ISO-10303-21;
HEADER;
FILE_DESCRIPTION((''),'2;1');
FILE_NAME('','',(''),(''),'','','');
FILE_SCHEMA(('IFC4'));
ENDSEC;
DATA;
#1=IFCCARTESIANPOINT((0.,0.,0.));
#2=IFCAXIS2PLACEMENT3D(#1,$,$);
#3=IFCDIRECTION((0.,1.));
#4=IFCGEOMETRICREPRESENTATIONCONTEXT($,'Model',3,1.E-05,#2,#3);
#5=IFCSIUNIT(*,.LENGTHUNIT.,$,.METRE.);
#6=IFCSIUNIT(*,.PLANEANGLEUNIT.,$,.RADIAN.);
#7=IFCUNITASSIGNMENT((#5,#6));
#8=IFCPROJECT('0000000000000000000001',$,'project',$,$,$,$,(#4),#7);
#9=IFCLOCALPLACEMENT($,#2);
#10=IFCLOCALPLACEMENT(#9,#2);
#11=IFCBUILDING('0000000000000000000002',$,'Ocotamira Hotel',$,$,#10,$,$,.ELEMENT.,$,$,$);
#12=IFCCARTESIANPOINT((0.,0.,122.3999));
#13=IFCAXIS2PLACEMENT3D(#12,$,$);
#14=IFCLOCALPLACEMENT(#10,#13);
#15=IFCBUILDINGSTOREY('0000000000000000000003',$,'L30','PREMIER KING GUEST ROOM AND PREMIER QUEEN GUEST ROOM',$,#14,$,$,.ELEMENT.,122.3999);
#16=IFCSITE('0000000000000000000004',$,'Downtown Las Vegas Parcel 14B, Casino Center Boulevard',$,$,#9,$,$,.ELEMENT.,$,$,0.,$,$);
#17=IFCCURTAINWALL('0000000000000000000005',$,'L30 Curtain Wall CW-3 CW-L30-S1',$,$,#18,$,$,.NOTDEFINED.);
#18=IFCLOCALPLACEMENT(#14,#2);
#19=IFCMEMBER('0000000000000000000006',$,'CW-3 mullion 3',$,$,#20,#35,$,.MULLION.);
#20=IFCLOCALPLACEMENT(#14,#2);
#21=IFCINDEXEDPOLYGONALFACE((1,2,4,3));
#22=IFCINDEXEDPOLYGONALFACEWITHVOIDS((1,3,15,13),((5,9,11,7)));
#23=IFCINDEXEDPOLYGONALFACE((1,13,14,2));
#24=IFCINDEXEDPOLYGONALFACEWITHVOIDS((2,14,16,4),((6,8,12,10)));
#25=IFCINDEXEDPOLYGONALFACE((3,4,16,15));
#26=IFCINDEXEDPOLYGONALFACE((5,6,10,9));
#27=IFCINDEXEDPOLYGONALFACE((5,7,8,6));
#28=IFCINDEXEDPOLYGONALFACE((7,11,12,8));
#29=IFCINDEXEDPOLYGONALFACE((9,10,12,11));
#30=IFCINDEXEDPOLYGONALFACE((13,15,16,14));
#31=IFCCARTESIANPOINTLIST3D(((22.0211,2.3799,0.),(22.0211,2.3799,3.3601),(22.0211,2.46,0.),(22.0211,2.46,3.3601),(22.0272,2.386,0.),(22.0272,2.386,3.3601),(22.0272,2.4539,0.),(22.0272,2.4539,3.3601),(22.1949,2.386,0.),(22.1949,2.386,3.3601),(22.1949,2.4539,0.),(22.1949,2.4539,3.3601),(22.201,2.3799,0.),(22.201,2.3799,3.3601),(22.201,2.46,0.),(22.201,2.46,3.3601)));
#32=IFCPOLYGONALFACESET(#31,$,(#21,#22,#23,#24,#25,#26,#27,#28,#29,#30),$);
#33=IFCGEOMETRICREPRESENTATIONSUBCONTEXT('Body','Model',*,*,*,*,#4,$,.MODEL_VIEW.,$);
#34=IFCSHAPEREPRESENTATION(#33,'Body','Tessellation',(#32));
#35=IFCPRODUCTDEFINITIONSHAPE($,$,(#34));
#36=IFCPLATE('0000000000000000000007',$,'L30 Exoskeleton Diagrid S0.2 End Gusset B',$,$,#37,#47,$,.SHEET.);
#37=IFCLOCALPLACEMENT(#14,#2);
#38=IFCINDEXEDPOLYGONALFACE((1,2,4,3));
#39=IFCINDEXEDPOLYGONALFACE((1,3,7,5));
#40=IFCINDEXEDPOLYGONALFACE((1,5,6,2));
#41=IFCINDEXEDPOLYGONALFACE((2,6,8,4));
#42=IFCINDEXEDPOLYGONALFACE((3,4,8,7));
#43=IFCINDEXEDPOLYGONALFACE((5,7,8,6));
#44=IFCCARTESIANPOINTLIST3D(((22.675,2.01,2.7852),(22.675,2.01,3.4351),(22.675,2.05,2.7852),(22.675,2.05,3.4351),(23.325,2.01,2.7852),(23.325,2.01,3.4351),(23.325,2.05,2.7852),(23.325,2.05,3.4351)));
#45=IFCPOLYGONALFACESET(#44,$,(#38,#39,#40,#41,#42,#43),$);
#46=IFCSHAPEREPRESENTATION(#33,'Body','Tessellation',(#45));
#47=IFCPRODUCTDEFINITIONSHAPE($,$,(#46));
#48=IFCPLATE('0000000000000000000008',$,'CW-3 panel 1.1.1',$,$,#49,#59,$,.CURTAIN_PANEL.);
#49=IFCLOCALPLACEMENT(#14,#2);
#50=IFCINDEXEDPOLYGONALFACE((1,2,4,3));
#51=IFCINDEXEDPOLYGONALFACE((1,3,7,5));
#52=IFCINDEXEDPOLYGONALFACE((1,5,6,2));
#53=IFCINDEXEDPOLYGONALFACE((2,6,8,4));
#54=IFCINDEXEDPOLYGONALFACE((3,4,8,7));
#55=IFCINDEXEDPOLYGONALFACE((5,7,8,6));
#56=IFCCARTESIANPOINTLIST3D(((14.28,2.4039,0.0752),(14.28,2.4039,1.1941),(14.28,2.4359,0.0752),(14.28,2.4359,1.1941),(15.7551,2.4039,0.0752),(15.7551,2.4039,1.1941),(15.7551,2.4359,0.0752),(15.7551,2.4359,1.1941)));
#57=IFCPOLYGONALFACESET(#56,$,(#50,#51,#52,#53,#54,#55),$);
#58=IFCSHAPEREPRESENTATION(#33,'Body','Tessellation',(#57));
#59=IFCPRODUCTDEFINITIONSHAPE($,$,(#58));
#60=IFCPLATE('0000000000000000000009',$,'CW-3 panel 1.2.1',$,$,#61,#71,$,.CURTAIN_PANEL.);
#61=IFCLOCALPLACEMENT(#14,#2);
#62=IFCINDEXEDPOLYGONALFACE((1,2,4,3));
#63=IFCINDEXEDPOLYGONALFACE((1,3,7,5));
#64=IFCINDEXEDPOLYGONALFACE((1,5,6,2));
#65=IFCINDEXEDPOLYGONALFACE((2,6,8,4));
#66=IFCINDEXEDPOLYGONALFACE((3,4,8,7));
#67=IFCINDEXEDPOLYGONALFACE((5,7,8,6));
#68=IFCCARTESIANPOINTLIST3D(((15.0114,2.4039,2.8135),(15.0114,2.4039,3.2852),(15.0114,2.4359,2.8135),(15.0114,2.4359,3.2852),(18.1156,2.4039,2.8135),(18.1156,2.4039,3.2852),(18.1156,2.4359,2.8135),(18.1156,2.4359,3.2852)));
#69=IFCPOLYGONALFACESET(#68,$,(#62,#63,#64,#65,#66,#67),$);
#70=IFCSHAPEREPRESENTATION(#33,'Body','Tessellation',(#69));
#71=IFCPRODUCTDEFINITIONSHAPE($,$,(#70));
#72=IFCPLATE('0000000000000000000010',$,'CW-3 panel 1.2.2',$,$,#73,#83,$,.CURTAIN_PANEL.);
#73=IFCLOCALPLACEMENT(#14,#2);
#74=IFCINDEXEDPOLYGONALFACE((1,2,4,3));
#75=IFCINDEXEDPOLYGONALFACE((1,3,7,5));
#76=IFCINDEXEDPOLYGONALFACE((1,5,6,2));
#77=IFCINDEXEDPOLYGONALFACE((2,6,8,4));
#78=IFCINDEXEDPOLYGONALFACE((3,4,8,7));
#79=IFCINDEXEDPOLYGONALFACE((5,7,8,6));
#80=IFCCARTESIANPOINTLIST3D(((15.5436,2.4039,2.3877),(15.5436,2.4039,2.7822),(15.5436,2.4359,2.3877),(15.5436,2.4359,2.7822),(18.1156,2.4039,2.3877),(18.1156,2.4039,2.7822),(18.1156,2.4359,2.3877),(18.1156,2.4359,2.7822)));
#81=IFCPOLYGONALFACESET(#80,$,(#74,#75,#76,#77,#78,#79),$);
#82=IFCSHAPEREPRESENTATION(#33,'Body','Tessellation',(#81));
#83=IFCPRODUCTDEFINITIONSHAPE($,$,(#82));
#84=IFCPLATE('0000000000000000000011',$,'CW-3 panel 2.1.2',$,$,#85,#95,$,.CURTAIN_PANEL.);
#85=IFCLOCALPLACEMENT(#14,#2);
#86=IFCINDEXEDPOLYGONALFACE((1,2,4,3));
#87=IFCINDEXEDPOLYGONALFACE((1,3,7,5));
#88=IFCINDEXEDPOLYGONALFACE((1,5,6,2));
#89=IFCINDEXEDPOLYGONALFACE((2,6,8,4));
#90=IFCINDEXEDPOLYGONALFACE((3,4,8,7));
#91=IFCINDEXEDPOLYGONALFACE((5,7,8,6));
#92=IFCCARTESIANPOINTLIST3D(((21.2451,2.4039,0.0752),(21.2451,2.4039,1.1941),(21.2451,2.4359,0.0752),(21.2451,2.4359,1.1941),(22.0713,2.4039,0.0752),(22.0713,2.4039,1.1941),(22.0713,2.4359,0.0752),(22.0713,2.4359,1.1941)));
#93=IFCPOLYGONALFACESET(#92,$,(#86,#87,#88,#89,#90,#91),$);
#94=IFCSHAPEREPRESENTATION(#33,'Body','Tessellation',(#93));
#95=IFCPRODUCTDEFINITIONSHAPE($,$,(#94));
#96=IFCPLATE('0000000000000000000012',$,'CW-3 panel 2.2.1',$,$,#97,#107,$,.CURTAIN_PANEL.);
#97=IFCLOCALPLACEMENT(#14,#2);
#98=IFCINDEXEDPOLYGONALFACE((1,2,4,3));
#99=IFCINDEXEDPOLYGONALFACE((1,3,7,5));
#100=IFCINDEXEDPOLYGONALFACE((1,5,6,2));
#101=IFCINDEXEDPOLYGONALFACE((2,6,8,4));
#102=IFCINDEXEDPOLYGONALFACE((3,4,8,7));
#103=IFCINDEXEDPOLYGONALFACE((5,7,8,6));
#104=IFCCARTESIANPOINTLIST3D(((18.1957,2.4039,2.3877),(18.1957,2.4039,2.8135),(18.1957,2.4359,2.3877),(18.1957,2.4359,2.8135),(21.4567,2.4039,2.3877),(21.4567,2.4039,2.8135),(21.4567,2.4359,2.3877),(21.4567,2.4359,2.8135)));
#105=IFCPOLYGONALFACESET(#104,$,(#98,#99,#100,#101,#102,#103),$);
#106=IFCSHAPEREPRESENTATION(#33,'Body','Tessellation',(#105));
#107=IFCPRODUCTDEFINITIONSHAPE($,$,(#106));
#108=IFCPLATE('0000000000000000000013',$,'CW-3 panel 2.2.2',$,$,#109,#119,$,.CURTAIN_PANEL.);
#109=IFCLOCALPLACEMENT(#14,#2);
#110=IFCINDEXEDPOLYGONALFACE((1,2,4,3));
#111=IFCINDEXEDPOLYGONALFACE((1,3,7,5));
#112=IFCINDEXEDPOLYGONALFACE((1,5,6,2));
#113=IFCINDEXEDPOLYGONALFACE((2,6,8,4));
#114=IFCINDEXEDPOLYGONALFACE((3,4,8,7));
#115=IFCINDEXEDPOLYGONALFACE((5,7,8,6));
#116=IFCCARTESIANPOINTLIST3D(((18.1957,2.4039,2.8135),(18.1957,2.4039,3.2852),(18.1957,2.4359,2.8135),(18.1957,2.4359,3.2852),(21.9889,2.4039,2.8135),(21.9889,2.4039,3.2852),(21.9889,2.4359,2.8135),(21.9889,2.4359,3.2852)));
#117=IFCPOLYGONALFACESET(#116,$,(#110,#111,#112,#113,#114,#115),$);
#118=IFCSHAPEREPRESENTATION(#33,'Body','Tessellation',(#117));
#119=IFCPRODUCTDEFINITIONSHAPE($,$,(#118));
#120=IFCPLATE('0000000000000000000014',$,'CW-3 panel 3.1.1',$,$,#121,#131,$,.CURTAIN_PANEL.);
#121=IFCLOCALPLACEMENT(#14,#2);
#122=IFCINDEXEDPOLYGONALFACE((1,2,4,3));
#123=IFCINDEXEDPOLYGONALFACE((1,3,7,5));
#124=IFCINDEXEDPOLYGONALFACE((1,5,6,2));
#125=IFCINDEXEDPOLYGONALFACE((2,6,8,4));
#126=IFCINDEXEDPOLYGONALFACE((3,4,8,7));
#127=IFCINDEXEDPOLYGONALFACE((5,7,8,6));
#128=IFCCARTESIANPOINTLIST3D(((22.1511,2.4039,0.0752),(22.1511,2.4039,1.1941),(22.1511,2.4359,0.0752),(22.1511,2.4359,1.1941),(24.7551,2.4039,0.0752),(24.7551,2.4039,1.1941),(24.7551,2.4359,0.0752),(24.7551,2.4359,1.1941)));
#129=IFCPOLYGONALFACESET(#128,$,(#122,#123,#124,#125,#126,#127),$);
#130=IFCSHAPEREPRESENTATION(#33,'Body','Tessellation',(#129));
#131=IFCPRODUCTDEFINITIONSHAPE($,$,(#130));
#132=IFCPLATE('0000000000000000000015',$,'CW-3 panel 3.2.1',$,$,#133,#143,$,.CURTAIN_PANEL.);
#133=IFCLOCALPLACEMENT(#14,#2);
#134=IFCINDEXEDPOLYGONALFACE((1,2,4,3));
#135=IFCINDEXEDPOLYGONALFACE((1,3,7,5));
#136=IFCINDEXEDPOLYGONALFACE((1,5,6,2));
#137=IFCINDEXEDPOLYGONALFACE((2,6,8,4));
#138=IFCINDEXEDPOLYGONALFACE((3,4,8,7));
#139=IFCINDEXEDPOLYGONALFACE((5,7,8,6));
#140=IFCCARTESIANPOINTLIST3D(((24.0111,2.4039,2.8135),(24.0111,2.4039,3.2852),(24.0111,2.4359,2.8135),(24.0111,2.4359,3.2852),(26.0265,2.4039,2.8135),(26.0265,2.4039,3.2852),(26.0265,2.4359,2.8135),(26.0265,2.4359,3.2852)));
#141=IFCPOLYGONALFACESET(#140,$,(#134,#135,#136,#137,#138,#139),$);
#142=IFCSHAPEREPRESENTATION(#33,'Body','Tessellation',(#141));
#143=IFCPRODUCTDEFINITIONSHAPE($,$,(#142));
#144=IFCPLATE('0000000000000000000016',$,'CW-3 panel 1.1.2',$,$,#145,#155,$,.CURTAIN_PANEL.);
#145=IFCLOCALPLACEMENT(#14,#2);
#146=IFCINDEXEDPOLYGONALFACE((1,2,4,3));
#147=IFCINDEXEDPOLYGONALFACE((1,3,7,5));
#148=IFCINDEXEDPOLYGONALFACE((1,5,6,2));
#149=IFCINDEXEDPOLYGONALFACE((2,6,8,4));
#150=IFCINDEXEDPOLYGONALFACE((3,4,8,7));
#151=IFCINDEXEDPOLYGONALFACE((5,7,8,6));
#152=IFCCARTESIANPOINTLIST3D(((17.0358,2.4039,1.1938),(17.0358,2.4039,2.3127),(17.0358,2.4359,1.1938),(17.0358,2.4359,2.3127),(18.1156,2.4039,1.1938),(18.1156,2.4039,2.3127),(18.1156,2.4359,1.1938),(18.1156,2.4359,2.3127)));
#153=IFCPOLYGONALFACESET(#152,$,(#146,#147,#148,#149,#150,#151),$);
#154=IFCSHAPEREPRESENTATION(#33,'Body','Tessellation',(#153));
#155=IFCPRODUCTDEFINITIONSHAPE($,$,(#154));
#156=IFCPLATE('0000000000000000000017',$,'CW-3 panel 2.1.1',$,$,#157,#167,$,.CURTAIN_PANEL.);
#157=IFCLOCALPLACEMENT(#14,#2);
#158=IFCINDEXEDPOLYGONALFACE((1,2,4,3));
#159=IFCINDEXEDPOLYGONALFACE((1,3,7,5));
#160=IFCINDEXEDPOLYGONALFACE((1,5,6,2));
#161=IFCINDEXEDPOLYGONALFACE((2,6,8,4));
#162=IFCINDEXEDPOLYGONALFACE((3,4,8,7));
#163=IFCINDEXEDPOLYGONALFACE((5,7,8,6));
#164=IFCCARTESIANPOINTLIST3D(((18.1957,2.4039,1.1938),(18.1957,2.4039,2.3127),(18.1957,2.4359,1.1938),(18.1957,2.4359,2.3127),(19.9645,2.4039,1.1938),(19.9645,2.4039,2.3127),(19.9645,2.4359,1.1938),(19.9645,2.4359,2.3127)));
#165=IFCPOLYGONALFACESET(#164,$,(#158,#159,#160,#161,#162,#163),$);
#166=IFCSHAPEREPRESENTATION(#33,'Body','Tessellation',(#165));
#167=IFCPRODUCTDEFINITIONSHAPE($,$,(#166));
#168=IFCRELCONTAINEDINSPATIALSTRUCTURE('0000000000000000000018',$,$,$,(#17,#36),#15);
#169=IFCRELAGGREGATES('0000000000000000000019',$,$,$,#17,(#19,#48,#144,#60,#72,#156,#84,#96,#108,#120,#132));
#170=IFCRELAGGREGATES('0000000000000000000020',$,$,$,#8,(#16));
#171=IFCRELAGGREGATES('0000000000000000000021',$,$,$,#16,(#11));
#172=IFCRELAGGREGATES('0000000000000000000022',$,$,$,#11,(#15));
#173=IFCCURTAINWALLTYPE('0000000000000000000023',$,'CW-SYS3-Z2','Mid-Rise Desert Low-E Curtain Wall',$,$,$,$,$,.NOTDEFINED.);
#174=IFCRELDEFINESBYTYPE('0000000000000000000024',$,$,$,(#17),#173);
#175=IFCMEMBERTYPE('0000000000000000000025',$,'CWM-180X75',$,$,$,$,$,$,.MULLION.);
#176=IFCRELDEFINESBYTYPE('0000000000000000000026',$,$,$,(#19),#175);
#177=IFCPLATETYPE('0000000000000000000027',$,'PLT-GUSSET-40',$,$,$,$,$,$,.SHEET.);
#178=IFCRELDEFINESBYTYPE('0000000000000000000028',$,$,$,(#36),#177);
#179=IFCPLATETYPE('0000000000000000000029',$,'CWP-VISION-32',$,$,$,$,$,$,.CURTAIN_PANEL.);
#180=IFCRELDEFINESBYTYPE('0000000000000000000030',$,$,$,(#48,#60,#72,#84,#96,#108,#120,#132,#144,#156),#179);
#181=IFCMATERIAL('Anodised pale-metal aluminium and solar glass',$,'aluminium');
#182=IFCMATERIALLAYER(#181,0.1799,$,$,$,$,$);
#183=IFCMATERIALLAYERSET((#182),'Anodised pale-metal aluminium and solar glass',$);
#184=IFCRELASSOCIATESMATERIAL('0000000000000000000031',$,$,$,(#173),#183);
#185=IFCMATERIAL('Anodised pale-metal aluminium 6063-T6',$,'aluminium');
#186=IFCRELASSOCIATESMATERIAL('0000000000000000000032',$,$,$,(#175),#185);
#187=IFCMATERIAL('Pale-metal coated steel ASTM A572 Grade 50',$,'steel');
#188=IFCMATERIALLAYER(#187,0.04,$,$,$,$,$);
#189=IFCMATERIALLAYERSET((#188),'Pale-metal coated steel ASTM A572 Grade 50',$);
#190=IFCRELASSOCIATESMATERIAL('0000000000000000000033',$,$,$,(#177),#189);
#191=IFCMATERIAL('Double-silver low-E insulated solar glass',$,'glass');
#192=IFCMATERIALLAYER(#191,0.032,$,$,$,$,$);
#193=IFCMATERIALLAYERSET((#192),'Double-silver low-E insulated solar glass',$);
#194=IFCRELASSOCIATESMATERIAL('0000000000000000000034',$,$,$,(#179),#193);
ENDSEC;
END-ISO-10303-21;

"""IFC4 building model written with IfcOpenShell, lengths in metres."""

from ifc_helpers import new_model, si_unit, direction, frame, origin, origin_2d, place, context, subcontext, project, spatial, rectangle, hollow_rectangle, extrude, source, transform, mapped, material, layer, layer_set, material_profile, profile_set, type_object, element, aggregate, save


model = new_model("IFC4")

# Units and contexts
model_context = context("Model", 3, precision=1e-05, world=origin(), true_north=direction((0.0, 1.0)))
body_context = subcontext(model_context, "Body", "Model", "MODEL_VIEW")
ifc_project = project(units=[si_unit("LENGTHUNIT", "METRE"), si_unit("PLANEANGLEUNIT", "RADIAN")], contexts=[model_context])

# Site, building, storey
site_placement = place(None, origin())
site = spatial("IfcSite", under=ifc_project, at=site_placement, Name="Downtown Las Vegas Parcel 14B, Casino Center Boulevard", CompositionType="ELEMENT", RefElevation=0.0)
building_placement = place(site_placement, origin())
building = spatial("IfcBuilding", under=site, at=building_placement, Name="Ocotamira Hotel", CompositionType="ELEMENT")
storey_placement = place(building_placement, frame((0.0, 0.0, 122.3999)))
storey = spatial("IfcBuildingStorey", under=building, at=storey_placement, Name="L30", Description="PREMIER KING GUEST ROOM AND PREMIER QUEEN GUEST ROOM", CompositionType="ELEMENT", Elevation=122.3999)

# Curtain wall, member
ifc_material_1 = material(Name="Anodised pale-metal aluminium and solar glass", Category="aluminium")
ifc_layer_1 = layer(ifc_material_1, 0.1799)
ifc_layer_set_1 = layer_set([ifc_layer_1], Name="Anodised pale-metal aluminium and solar glass")
curtain_wall_type = type_object("IfcCurtainWallType", Name="CW-SYS3-Z2", Description="Mid-Rise Desert Low-E Curtain Wall", PredefinedType="NOTDEFINED", material=ifc_layer_set_1)
curtain_wall_placement = place(storey_placement, origin())
curtain_wall = element("IfcCurtainWall", 1, at=curtain_wall_placement, inside=storey, type_object=curtain_wall_type, Name="L30 Curtain Wall CW-3 CW-L30-S1", PredefinedType="NOTDEFINED")
ifc_material_2 = material(Name="Anodised pale-metal aluminium 6063-T6", Category="aluminium")
ifc_material_profile_1 = material_profile(ifc_material_2, hollow_rectangle(XDim=0.0801, YDim=0.1799, WallThickness=0.0061, at=origin_2d()), Name="HSS180X80X6")
ifc_profile_set_1 = profile_set([ifc_material_profile_1], Name="Anodised pale-metal aluminium 6063-T6")
member_type_1 = type_object("IfcMemberType", Name="CWM-180X75", PredefinedType="MULLION", material=ifc_profile_set_1)
shared_shape_1 = source(origin(), body_context, "Body", "SweptSolid", [
    extrude(hollow_rectangle(XDim=0.0801, YDim=0.1799, WallThickness=0.0061, at=origin_2d()), origin(), (0.0, 0.0, 1.0), 3.3601),
])
member_1_placement = place(storey_placement, frame((22.1111, 2.4199, 0.0), z_axis=(0.0, 0.0, 1.0), x_axis=(0.0, 1.0, 0.0)))
member_1 = element("IfcMember", 2, at=member_1_placement, type_object=member_type_1, Name="CW-3 mullion 3", PredefinedType="MULLION", context=body_context, shape_type="MappedRepresentation", body=[
    mapped(shared_shape_1, transform((0.0, 0.0, 0.0), scale=1.0)),
])

# Plates
ifc_material_3 = material(Name="Pale-metal coated steel ASTM A572 Grade 50", Category="steel")
ifc_layer_2 = layer(ifc_material_3, 0.04)
ifc_layer_set_2 = layer_set([ifc_layer_2], Name="Pale-metal coated steel ASTM A572 Grade 50")
plate_type_1 = type_object("IfcPlateType", Name="PLT-GUSSET-40", PredefinedType="SHEET", material=ifc_layer_set_2)
shared_shape_2 = source(origin(), body_context, "Body", "SweptSolid", [
    extrude(rectangle(XDim=0.6499, YDim=0.04, at=origin_2d()), origin(), (0.0, 0.0, 1.0), 0.6499),
])
plate_1_placement = place(storey_placement, frame((23.0, 2.03, 2.7852), z_axis=(0.0, 0.0, 1.0), x_axis=(1.0, 0.0, 0.0)))
element("IfcPlate", 3, at=plate_1_placement, inside=storey, type_object=plate_type_1, Name="L30 Exoskeleton Diagrid S0.2 End Gusset B", PredefinedType="SHEET", context=body_context, shape_type="MappedRepresentation", body=[
    mapped(shared_shape_2, transform((0.0, 0.0, 0.0), scale=1.0)),
])
ifc_material_4 = material(Name="Double-silver low-E insulated solar glass", Category="glass")
ifc_layer_3 = layer(ifc_material_4, 0.032)
ifc_layer_set_3 = layer_set([ifc_layer_3], Name="Double-silver low-E insulated solar glass")
plate_type_2 = type_object("IfcPlateType", Name="CWP-VISION-32", PredefinedType="CURTAIN_PANEL", material=ifc_layer_set_3)
shared_shape_3 = source(origin(), body_context, "Body", "SweptSolid", [
    extrude(rectangle(XDim=1.4751, YDim=0.032, at=origin_2d()), origin(), (0.0, 0.0, 1.0), 1.1189),
])
plate_2_placement = place(storey_placement, frame((15.0176, 2.4199, 0.0752), z_axis=(0.0, 0.0, 1.0), x_axis=(1.0, 0.0, 0.0)))
plate_2 = element("IfcPlate", 4, at=plate_2_placement, type_object=plate_type_2, Name="CW-3 panel 1.1.1", PredefinedType="CURTAIN_PANEL", context=body_context, shape_type="MappedRepresentation", body=[
    mapped(shared_shape_3, transform((0.0, 0.0, 0.0), scale=1.0)),
])
shared_shape_4 = source(origin(), body_context, "Body", "SweptSolid", [
    extrude(rectangle(XDim=3.1042, YDim=0.032, at=origin_2d()), origin(), (0.0, 0.0, 1.0), 0.4717),
])
plate_3_placement = place(storey_placement, frame((16.5635, 2.4199, 2.8135), z_axis=(0.0, 0.0, 1.0), x_axis=(1.0, 0.0, 0.0)))
plate_3 = element("IfcPlate", 5, at=plate_3_placement, type_object=plate_type_2, Name="CW-3 panel 1.2.1", PredefinedType="CURTAIN_PANEL", context=body_context, shape_type="MappedRepresentation", body=[
    mapped(shared_shape_4, transform((0.0, 0.0, 0.0), scale=1.0)),
])
shared_shape_5 = source(origin(), body_context, "Body", "SweptSolid", [
    extrude(rectangle(XDim=2.572, YDim=0.032, at=origin_2d()), origin(), (0.0, 0.0, 1.0), 0.3945),
])
plate_4_placement = place(storey_placement, frame((16.8296, 2.4199, 2.3877), z_axis=(0.0, 0.0, 1.0), x_axis=(1.0, 0.0, 0.0)))
plate_4 = element("IfcPlate", 6, at=plate_4_placement, type_object=plate_type_2, Name="CW-3 panel 1.2.2", PredefinedType="CURTAIN_PANEL", context=body_context, shape_type="MappedRepresentation", body=[
    mapped(shared_shape_5, transform((0.0, 0.0, 0.0), scale=1.0)),
])
shared_shape_6 = source(origin(), body_context, "Body", "SweptSolid", [
    extrude(rectangle(XDim=0.8262, YDim=0.032, at=origin_2d()), origin(), (0.0, 0.0, 1.0), 1.1189),
])
plate_5_placement = place(storey_placement, frame((21.6582, 2.4199, 0.0752), z_axis=(0.0, 0.0, 1.0), x_axis=(1.0, 0.0, 0.0)))
plate_5 = element("IfcPlate", 7, at=plate_5_placement, type_object=plate_type_2, Name="CW-3 panel 2.1.2", PredefinedType="CURTAIN_PANEL", context=body_context, shape_type="MappedRepresentation", body=[
    mapped(shared_shape_6, transform((0.0, 0.0, 0.0), scale=1.0)),
])
shared_shape_7 = source(origin(), body_context, "Body", "SweptSolid", [
    extrude(rectangle(XDim=3.261, YDim=0.032, at=origin_2d()), origin(), (0.0, 0.0, 1.0), 0.4258),
])
plate_6_placement = place(storey_placement, frame((19.8262, 2.4199, 2.3877), z_axis=(0.0, 0.0, 1.0), x_axis=(1.0, 0.0, 0.0)))
plate_6 = element("IfcPlate", 8, at=plate_6_placement, type_object=plate_type_2, Name="CW-3 panel 2.2.1", PredefinedType="CURTAIN_PANEL", context=body_context, shape_type="MappedRepresentation", body=[
    mapped(shared_shape_7, transform((0.0, 0.0, 0.0), scale=1.0)),
])
shared_shape_8 = source(origin(), body_context, "Body", "SweptSolid", [
    extrude(rectangle(XDim=3.7932, YDim=0.032, at=origin_2d()), origin(), (0.0, 0.0, 1.0), 0.4717),
])
plate_7_placement = place(storey_placement, frame((20.0923, 2.4199, 2.8135), z_axis=(0.0, 0.0, 1.0), x_axis=(1.0, 0.0, 0.0)))
plate_7 = element("IfcPlate", 9, at=plate_7_placement, type_object=plate_type_2, Name="CW-3 panel 2.2.2", PredefinedType="CURTAIN_PANEL", context=body_context, shape_type="MappedRepresentation", body=[
    mapped(shared_shape_8, transform((0.0, 0.0, 0.0), scale=1.0)),
])
shared_shape_9 = source(origin(), body_context, "Body", "SweptSolid", [
    extrude(rectangle(XDim=2.604, YDim=0.032, at=origin_2d()), origin(), (0.0, 0.0, 1.0), 1.1189),
])
plate_8_placement = place(storey_placement, frame((23.4531, 2.4199, 0.0752), z_axis=(0.0, 0.0, 1.0), x_axis=(1.0, 0.0, 0.0)))
plate_8 = element("IfcPlate", 10, at=plate_8_placement, type_object=plate_type_2, Name="CW-3 panel 3.1.1", PredefinedType="CURTAIN_PANEL", context=body_context, shape_type="MappedRepresentation", body=[
    mapped(shared_shape_9, transform((0.0, 0.0, 0.0), scale=1.0)),
])
shared_shape_10 = source(origin(), body_context, "Body", "SweptSolid", [
    extrude(rectangle(XDim=2.0154, YDim=0.032, at=origin_2d()), origin(), (0.0, 0.0, 1.0), 0.4717),
])
plate_9_placement = place(storey_placement, frame((25.0188, 2.4199, 2.8135), z_axis=(0.0, 0.0, 1.0), x_axis=(1.0, 0.0, 0.0)))
plate_9 = element("IfcPlate", 11, at=plate_9_placement, type_object=plate_type_2, Name="CW-3 panel 3.2.1", PredefinedType="CURTAIN_PANEL", context=body_context, shape_type="MappedRepresentation", body=[
    mapped(shared_shape_10, transform((0.0, 0.0, 0.0), scale=1.0)),
])
shared_shape_11 = source(origin(), body_context, "Body", "SweptSolid", [
    extrude(rectangle(XDim=1.0798, YDim=0.032, at=origin_2d()), origin(), (0.0, 0.0, 1.0), 1.1189),
])
plate_10_placement = place(storey_placement, frame((17.5757, 2.4199, 1.1938), z_axis=(0.0, 0.0, 1.0), x_axis=(1.0, 0.0, 0.0)))
plate_10 = element("IfcPlate", 12, at=plate_10_placement, type_object=plate_type_2, Name="CW-3 panel 1.1.2", PredefinedType="CURTAIN_PANEL", context=body_context, shape_type="MappedRepresentation", body=[
    mapped(shared_shape_11, transform((0.0, 0.0, 0.0), scale=1.0)),
])
shared_shape_12 = source(origin(), body_context, "Body", "SweptSolid", [
    extrude(rectangle(XDim=1.7688, YDim=0.032, at=origin_2d()), origin(), (0.0, 0.0, 1.0), 1.1189),
])
plate_11_placement = place(storey_placement, frame((19.0801, 2.4199, 1.1938), z_axis=(0.0, 0.0, 1.0), x_axis=(1.0, 0.0, 0.0)))
plate_11 = element("IfcPlate", 13, at=plate_11_placement, type_object=plate_type_2, Name="CW-3 panel 2.1.1", PredefinedType="CURTAIN_PANEL", context=body_context, shape_type="MappedRepresentation", body=[
    mapped(shared_shape_12, transform((0.0, 0.0, 0.0), scale=1.0)),
])
aggregate(curtain_wall, [member_1, plate_2, plate_10, plate_3, plate_4, plate_11, plate_5, plate_6, plate_7, plate_8, plate_9])

save(model, "model.ifc")
